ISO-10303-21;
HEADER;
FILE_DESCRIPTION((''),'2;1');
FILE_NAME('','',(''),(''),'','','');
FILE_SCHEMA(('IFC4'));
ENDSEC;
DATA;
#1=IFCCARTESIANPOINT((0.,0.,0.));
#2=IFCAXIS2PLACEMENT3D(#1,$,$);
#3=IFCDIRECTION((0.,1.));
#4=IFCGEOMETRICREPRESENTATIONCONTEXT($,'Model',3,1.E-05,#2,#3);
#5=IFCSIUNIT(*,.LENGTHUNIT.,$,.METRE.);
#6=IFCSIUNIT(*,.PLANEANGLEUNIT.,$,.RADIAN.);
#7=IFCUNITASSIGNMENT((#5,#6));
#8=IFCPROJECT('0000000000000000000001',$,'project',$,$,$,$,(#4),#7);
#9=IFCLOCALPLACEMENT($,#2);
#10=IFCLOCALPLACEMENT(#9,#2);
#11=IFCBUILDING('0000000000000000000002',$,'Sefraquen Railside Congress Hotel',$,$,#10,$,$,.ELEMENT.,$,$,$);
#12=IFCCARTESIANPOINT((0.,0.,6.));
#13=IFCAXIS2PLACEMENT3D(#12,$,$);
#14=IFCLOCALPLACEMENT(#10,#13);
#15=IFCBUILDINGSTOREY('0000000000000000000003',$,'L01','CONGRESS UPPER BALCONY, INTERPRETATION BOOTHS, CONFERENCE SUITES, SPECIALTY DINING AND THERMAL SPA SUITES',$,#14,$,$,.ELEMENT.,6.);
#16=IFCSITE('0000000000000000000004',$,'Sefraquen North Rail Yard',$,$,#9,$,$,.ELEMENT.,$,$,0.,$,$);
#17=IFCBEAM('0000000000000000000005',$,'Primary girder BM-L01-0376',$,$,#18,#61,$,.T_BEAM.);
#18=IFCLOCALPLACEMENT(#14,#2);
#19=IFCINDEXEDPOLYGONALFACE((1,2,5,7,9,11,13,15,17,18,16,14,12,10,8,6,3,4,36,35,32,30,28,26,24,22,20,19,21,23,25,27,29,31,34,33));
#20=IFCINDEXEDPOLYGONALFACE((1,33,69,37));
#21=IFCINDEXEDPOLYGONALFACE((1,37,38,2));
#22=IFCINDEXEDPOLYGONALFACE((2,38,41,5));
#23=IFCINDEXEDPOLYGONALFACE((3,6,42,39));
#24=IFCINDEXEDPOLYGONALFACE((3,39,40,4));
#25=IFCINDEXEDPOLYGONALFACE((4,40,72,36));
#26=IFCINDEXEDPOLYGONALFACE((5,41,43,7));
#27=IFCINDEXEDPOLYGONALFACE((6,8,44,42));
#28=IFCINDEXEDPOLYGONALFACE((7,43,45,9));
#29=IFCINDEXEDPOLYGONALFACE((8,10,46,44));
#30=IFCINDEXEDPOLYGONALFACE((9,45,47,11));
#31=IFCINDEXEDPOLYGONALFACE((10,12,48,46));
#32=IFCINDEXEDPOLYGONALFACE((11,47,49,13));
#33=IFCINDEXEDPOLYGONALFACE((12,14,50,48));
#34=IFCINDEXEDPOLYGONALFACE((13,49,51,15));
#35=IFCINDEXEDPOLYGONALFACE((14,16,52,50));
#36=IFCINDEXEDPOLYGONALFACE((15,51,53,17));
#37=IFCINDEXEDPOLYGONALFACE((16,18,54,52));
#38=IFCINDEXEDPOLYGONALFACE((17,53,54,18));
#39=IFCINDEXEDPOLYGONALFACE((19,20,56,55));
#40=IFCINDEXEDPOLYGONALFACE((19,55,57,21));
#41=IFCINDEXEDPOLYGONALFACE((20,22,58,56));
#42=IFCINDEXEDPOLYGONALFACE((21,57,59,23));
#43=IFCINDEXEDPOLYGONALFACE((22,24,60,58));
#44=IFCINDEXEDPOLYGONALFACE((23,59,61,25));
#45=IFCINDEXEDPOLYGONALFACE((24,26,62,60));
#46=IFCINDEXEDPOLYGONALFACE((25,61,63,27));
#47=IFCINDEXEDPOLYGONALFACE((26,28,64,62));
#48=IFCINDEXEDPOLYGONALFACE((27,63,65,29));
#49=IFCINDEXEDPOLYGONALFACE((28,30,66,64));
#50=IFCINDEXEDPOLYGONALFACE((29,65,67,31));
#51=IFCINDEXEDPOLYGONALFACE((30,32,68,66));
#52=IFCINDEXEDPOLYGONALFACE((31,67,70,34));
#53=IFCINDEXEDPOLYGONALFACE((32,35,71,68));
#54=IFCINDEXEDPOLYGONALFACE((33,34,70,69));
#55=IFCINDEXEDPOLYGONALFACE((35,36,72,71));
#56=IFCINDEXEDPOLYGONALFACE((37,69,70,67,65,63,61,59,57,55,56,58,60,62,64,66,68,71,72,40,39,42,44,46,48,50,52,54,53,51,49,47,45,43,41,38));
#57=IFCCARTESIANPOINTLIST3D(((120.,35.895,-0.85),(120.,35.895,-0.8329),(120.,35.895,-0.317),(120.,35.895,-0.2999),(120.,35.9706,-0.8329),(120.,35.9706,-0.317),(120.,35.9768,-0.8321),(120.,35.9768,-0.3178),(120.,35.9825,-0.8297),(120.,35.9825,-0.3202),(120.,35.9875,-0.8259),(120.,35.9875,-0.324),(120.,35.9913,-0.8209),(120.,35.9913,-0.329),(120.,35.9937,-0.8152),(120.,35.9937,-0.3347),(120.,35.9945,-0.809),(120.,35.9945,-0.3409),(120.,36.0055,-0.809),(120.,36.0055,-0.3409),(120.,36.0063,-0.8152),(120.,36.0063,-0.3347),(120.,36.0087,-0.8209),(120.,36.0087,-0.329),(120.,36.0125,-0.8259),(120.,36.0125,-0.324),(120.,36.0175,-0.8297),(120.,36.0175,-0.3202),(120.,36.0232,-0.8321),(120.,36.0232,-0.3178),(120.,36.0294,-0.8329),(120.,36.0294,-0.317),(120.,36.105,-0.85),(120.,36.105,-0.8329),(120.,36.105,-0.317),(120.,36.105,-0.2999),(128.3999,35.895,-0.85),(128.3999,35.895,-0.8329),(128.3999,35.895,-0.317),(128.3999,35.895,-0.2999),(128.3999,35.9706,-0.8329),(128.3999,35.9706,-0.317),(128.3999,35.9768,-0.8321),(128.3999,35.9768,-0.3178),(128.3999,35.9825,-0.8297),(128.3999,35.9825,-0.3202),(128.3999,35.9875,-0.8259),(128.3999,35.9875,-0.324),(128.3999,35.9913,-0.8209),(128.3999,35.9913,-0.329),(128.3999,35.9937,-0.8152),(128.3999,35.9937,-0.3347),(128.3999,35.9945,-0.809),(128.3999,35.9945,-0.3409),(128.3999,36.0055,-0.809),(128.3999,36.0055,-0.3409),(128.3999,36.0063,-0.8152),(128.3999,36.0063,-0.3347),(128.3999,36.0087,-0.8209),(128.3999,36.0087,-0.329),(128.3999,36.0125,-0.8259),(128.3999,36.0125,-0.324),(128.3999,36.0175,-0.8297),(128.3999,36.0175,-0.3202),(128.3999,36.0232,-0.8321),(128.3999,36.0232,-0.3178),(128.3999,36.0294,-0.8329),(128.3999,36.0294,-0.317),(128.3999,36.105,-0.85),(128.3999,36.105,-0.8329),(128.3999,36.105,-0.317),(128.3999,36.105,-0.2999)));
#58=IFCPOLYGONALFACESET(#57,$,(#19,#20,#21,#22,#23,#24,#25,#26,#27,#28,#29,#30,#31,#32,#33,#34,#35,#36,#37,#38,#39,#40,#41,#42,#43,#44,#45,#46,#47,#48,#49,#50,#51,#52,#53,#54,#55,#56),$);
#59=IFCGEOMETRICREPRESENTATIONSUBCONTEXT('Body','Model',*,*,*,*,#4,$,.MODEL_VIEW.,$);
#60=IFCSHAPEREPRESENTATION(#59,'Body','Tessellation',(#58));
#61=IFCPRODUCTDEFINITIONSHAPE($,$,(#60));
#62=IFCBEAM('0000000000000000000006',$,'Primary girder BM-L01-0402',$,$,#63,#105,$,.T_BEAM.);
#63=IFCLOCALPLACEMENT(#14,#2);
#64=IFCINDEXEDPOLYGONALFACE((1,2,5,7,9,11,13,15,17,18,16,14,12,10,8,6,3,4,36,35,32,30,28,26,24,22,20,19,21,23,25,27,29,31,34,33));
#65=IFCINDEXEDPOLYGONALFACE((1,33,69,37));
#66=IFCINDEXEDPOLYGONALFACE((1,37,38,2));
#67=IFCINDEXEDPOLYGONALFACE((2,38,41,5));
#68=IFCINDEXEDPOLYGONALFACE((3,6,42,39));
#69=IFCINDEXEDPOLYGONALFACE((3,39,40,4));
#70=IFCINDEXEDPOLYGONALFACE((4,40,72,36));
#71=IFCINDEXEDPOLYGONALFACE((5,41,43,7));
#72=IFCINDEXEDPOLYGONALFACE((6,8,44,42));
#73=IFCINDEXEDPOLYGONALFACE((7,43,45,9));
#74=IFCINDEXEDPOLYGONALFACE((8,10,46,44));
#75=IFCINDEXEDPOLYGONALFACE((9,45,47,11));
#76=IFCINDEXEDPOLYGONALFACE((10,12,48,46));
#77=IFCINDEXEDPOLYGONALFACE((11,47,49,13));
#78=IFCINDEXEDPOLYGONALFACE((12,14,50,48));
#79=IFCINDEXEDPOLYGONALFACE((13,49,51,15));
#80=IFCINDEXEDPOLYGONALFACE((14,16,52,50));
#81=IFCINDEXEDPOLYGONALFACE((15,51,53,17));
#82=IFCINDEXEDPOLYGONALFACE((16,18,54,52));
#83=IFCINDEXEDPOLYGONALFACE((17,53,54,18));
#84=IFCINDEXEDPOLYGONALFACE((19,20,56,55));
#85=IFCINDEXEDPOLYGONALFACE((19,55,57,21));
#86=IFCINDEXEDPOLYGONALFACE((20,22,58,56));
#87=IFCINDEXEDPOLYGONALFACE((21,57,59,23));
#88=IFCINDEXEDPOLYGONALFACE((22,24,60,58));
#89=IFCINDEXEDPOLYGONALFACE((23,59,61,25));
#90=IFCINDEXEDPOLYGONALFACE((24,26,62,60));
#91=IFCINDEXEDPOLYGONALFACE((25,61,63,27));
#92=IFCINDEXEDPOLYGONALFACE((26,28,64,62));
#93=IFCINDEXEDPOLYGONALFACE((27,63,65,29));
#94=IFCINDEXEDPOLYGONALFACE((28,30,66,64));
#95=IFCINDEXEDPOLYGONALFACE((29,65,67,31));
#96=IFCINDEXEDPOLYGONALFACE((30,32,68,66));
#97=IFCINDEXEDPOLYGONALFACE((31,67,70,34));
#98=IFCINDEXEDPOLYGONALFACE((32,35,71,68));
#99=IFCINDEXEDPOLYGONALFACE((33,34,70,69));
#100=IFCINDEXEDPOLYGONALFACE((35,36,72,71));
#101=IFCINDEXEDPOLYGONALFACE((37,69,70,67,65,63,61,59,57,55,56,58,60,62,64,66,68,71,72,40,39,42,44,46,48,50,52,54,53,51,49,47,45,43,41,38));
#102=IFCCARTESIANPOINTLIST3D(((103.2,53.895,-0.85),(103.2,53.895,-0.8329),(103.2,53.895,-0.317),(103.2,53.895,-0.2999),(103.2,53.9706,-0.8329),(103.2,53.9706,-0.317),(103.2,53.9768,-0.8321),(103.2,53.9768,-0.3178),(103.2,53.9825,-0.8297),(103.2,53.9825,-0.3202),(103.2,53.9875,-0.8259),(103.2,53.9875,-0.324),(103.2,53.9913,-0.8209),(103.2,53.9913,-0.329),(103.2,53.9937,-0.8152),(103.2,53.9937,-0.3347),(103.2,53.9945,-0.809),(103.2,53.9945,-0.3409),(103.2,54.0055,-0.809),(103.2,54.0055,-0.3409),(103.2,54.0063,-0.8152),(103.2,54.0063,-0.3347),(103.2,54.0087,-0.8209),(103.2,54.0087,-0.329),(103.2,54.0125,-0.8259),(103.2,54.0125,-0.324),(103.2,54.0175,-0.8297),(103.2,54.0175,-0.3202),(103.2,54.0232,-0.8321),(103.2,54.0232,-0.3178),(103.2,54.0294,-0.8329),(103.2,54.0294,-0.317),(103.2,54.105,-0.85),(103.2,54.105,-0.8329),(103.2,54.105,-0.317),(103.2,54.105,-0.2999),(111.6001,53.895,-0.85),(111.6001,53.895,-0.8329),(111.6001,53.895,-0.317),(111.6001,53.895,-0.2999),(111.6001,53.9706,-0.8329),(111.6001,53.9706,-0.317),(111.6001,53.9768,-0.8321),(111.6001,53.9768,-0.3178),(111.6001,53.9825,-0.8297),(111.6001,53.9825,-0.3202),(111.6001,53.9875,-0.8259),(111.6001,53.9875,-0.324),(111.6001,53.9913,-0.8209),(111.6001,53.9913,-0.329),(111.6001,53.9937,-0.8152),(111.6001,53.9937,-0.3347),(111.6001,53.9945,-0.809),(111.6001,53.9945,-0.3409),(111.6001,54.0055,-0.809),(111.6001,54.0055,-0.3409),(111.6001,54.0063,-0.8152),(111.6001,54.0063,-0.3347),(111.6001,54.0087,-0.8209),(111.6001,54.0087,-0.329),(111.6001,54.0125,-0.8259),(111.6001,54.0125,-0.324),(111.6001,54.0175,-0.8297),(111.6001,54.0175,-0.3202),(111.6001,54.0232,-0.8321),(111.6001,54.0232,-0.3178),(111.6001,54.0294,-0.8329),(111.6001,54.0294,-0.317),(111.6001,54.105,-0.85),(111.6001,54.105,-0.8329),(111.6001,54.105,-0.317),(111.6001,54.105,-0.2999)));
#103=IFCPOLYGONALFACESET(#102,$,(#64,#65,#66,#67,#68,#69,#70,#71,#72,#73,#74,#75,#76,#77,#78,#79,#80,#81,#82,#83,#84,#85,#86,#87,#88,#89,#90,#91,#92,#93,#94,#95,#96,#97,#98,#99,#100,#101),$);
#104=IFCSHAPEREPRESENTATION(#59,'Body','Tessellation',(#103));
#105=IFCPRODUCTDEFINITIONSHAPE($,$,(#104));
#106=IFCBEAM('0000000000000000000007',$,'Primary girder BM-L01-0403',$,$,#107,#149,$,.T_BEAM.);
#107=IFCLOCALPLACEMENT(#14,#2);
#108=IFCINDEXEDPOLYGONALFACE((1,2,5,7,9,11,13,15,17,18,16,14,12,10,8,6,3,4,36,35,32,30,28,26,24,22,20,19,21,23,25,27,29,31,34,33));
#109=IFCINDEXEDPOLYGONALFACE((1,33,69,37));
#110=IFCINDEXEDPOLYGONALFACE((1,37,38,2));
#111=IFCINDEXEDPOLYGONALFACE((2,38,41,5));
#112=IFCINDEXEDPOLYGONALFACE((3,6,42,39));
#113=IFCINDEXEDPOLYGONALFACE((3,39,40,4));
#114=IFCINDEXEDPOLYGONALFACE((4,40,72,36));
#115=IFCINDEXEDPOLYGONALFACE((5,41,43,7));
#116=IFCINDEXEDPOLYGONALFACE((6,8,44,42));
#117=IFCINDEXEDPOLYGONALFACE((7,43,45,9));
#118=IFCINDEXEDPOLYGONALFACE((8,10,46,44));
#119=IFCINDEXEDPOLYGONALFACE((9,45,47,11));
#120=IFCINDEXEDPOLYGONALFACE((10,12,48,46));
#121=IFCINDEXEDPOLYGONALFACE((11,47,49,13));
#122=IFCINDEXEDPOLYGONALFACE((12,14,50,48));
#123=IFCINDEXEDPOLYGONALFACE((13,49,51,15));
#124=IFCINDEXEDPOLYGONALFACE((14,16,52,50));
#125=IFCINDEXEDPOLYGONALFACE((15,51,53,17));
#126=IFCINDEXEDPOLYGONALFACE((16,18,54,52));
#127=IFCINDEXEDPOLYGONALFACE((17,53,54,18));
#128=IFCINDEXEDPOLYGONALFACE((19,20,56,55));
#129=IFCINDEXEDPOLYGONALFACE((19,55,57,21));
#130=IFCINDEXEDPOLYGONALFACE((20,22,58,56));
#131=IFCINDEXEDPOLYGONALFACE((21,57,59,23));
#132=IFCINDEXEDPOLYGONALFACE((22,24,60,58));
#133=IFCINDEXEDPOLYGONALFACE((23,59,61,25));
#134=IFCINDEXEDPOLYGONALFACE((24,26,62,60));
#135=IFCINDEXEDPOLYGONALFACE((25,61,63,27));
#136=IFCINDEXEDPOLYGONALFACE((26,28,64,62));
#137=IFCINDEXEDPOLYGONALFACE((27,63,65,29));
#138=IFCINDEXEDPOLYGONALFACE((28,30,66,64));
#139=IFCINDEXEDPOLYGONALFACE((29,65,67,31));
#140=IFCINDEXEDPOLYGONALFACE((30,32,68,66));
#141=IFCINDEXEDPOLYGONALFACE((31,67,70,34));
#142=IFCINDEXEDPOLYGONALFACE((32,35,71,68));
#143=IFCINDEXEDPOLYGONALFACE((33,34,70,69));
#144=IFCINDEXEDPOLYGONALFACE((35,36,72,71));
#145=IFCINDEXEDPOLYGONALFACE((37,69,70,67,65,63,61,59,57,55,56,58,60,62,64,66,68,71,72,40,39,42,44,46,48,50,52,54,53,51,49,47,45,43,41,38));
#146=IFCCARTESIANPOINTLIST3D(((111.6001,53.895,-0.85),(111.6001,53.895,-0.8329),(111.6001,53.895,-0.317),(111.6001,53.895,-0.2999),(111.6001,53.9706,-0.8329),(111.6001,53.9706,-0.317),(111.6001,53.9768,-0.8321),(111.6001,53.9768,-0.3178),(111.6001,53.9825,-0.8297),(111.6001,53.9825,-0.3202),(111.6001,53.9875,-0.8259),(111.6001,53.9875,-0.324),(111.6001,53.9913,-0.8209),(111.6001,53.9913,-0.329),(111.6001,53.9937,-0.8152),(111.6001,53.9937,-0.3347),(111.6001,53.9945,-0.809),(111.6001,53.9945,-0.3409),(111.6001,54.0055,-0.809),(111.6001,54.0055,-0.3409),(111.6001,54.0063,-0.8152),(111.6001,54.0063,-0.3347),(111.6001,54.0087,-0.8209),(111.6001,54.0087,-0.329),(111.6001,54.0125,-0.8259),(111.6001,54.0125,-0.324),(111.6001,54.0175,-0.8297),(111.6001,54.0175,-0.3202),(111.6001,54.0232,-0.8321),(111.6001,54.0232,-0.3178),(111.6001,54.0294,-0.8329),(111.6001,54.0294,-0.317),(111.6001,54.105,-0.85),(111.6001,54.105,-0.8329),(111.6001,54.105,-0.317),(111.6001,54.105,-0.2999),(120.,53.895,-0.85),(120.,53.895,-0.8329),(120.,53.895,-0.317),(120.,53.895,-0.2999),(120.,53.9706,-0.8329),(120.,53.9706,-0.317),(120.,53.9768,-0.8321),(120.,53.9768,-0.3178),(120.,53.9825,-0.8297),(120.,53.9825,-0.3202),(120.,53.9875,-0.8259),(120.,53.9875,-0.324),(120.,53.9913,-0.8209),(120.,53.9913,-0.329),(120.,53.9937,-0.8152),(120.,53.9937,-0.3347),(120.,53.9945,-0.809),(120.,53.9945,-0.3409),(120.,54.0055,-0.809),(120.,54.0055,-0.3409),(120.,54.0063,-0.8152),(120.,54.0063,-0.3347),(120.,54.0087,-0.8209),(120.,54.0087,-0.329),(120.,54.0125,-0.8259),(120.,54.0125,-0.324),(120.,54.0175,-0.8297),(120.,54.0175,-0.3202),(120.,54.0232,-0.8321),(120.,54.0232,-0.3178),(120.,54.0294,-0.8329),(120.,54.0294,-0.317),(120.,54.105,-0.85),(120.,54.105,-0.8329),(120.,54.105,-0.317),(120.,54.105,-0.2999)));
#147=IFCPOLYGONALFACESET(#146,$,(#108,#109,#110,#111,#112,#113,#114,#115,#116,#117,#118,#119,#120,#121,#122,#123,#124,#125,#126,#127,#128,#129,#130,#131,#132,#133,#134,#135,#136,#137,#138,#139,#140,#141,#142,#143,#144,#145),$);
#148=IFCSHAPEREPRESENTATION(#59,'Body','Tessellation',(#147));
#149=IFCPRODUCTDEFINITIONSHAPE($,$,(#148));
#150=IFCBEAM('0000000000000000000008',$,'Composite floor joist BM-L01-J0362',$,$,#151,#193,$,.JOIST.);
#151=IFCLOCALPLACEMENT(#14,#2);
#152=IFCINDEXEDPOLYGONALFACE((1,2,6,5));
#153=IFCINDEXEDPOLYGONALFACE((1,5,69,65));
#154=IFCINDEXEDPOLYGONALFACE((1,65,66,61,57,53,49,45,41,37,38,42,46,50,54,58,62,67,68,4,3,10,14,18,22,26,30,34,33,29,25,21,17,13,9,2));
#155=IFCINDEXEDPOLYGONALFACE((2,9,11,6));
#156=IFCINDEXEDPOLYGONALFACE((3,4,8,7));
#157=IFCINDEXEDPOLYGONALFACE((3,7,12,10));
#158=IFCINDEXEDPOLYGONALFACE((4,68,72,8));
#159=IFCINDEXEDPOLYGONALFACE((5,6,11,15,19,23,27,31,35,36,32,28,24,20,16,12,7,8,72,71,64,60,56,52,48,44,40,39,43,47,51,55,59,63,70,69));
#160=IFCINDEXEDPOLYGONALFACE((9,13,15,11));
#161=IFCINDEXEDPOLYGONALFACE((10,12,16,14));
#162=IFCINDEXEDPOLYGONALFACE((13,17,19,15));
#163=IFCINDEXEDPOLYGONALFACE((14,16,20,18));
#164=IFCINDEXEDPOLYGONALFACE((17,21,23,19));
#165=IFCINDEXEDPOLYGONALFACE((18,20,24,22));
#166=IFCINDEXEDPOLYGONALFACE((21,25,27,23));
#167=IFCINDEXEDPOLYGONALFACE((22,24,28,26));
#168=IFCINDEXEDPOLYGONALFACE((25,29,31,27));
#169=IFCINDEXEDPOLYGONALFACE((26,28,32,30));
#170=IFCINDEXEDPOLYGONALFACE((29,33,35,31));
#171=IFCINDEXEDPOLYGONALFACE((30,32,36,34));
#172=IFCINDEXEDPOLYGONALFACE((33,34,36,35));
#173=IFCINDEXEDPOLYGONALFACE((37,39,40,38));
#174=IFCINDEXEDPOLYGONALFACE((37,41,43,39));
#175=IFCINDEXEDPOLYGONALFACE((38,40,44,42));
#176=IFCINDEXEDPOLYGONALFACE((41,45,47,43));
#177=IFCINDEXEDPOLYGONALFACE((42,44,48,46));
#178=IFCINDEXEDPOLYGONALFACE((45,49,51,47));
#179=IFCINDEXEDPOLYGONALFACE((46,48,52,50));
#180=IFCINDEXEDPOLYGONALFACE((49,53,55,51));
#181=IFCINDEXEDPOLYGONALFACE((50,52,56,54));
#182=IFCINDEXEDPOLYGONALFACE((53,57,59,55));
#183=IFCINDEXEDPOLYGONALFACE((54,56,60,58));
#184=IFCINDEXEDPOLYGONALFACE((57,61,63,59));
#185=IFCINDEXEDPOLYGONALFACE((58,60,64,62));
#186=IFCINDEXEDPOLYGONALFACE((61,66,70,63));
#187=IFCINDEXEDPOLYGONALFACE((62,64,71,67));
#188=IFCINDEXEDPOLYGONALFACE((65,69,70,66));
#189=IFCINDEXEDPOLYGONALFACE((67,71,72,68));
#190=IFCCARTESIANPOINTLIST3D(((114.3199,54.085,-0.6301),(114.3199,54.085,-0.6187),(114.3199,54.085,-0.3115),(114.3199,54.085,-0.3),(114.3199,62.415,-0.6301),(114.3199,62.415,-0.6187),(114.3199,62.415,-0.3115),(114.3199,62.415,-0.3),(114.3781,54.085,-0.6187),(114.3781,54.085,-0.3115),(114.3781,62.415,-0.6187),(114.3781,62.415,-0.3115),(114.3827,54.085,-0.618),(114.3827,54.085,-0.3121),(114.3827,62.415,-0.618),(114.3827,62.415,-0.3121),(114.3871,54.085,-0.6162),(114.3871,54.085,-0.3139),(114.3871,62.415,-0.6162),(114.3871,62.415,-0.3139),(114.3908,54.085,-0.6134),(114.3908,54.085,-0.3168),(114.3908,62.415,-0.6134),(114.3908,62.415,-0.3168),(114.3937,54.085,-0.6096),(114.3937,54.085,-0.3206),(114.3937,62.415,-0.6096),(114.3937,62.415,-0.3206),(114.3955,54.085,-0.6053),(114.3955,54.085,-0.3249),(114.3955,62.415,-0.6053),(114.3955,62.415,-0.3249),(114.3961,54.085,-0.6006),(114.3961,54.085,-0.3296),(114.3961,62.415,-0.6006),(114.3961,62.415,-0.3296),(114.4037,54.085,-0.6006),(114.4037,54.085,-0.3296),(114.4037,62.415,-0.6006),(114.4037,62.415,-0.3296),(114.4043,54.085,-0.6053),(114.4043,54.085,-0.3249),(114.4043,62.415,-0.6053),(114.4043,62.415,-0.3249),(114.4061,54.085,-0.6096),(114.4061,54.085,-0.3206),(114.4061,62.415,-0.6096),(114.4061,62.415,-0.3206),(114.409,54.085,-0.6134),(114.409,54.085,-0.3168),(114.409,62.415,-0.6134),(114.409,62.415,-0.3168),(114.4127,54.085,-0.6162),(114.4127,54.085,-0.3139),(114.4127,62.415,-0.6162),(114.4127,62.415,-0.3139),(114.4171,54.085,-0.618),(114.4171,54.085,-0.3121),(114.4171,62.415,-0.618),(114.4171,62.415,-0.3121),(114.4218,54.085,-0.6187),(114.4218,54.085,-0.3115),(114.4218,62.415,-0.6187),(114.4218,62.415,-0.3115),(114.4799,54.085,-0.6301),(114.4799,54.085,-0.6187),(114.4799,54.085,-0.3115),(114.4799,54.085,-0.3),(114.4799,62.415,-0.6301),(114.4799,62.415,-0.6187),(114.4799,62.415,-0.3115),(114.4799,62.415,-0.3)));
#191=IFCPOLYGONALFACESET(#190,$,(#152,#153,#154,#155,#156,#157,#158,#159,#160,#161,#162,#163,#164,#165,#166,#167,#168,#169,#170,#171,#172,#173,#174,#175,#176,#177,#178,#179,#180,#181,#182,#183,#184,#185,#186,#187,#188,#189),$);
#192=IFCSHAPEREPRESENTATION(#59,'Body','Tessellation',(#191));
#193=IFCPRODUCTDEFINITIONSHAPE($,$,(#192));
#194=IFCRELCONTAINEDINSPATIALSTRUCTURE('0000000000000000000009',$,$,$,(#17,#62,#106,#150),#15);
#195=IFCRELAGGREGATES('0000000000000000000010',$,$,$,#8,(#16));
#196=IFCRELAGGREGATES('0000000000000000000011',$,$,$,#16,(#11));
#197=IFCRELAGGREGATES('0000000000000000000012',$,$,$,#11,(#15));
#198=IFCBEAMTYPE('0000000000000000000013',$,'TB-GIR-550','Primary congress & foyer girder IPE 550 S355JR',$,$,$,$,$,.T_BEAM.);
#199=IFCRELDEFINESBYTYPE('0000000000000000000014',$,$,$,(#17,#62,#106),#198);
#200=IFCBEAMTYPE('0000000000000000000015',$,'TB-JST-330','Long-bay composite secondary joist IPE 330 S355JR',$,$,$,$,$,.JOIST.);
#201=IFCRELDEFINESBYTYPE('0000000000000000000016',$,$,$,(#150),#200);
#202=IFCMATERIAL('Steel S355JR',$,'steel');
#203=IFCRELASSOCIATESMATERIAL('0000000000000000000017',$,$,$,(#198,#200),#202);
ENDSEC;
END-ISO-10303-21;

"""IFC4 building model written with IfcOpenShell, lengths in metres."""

from ifc_helpers import new_model, si_unit, direction, frame, origin, origin_2d, place, context, subcontext, project, spatial, i_section, extrude, material, material_profile, profile_set, type_object, element, save


model = new_model("IFC4")

# Units and contexts
model_context = context("Model", 3, precision=1e-05, world=origin(), true_north=direction((0.0, 1.0)))
body_context = subcontext(model_context, "Body", "Model", "MODEL_VIEW")
ifc_project = project(units=[si_unit("LENGTHUNIT", "METRE"), si_unit("PLANEANGLEUNIT", "RADIAN")], contexts=[model_context])

# Site, building, storey
site_placement = place(None, origin())
site = spatial("IfcSite", under=ifc_project, at=site_placement, Name="Sefraquen North Rail Yard", CompositionType="ELEMENT", RefElevation=0.0)
building_placement = place(site_placement, origin())
building = spatial("IfcBuilding", under=site, at=building_placement, Name="Sefraquen Railside Congress Hotel", CompositionType="ELEMENT")
storey_placement = place(building_placement, frame((0.0, 0.0, 6.0)))
storey = spatial("IfcBuildingStorey", under=building, at=storey_placement, Name="L01", Description="CONGRESS UPPER BALCONY, INTERPRETATION BOOTHS, CONFERENCE SUITES, SPECIALTY DINING AND THERMAL SPA SUITES", CompositionType="ELEMENT", Elevation=6.0)

# Shared definitions
ifc_material_1 = material(Name="Steel S355JR", Category="steel")

# Beams
ifc_material_profile_1 = material_profile(ifc_material_1, i_section(OverallWidth=0.21, OverallDepth=0.55, WebThickness=0.011, FlangeThickness=0.0171, FilletRadius=0.0239, at=origin_2d()), Name="IPE 550")
ifc_profile_set_1 = profile_set([ifc_material_profile_1], Name="Steel S355JR")
beam_type_1 = type_object("IfcBeamType", Name="TB-GIR-550", Description="Primary congress & foyer girder IPE 550 S355JR", PredefinedType="T_BEAM", material=ifc_profile_set_1)
for number, where, z_axis, x_axis, name in (
    (1, (120.0, 36.0, -0.575), (1.0, 0.0, 0.0), (0.0, 1.0, 0.0), "Primary girder BM-L01-0376"),
):
    element("IfcBeam", number, at=place(storey_placement, frame(where, z_axis=z_axis, x_axis=x_axis)), inside=storey, type_object=beam_type_1, Name=name, PredefinedType="T_BEAM", context=body_context, shape_type="SweptSolid", body=[
        extrude(i_section(OverallWidth=0.21, OverallDepth=0.55, WebThickness=0.011, FlangeThickness=0.0171, FilletRadius=0.0239, at=origin_2d()), origin(), (0.0, 0.0, 1.0), 8.3999),
    ])
beam_1_placement = place(storey_placement, frame((103.2, 54.0, -0.575), z_axis=(1.0, 0.0, 0.0), x_axis=(0.0, 1.0, 0.0)))
element("IfcBeam", 2, at=beam_1_placement, inside=storey, type_object=beam_type_1, Name="Primary girder BM-L01-0402", PredefinedType="T_BEAM", context=body_context, shape_type="SweptSolid", body=[
    extrude(i_section(OverallWidth=0.21, OverallDepth=0.55, WebThickness=0.011, FlangeThickness=0.0171, FilletRadius=0.0239, at=origin_2d()), origin(), (0.0, 0.0, 1.0), 8.4001),
])
beam_2_placement = place(storey_placement, frame((111.6001, 54.0, -0.575), z_axis=(1.0, 0.0, 0.0), x_axis=(0.0, 1.0, 0.0)))
element("IfcBeam", 3, at=beam_2_placement, inside=storey, type_object=beam_type_1, Name="Primary girder BM-L01-0403", PredefinedType="T_BEAM", context=body_context, shape_type="SweptSolid", body=[
    extrude(i_section(OverallWidth=0.21, OverallDepth=0.55, WebThickness=0.011, FlangeThickness=0.0171, FilletRadius=0.0239, at=origin_2d()), origin(), (0.0, 0.0, 1.0), 8.3999),
])
ifc_material_profile_2 = material_profile(ifc_material_1, i_section(OverallWidth=0.1599, OverallDepth=0.3301, WebThickness=0.0076, FlangeThickness=0.0115, FilletRadius=0.0181, at=origin_2d()), Name="IPE 330")
ifc_profile_set_2 = profile_set([ifc_material_profile_2], Name="Steel S355JR")
beam_type_2 = type_object("IfcBeamType", Name="TB-JST-330", Description="Long-bay composite secondary joist IPE 330 S355JR", PredefinedType="JOIST", material=ifc_profile_set_2)
for number, where, z_axis, x_axis, name in (
    (4, (114.3999, 54.085, -0.4651), (0.0, 1.0, 0.0), (-1.0, 0.0, 0.0), "Composite floor joist BM-L01-J0362"),
):
    element("IfcBeam", number, at=place(storey_placement, frame(where, z_axis=z_axis, x_axis=x_axis)), inside=storey, type_object=beam_type_2, Name=name, PredefinedType="JOIST", context=body_context, shape_type="SweptSolid", body=[
        extrude(i_section(OverallWidth=0.1599, OverallDepth=0.3301, WebThickness=0.0076, FlangeThickness=0.0115, FilletRadius=0.0181, at=origin_2d()), origin(), (0.0, 0.0, 1.0), 8.3301),
    ])

save(model, "model.ifc")
